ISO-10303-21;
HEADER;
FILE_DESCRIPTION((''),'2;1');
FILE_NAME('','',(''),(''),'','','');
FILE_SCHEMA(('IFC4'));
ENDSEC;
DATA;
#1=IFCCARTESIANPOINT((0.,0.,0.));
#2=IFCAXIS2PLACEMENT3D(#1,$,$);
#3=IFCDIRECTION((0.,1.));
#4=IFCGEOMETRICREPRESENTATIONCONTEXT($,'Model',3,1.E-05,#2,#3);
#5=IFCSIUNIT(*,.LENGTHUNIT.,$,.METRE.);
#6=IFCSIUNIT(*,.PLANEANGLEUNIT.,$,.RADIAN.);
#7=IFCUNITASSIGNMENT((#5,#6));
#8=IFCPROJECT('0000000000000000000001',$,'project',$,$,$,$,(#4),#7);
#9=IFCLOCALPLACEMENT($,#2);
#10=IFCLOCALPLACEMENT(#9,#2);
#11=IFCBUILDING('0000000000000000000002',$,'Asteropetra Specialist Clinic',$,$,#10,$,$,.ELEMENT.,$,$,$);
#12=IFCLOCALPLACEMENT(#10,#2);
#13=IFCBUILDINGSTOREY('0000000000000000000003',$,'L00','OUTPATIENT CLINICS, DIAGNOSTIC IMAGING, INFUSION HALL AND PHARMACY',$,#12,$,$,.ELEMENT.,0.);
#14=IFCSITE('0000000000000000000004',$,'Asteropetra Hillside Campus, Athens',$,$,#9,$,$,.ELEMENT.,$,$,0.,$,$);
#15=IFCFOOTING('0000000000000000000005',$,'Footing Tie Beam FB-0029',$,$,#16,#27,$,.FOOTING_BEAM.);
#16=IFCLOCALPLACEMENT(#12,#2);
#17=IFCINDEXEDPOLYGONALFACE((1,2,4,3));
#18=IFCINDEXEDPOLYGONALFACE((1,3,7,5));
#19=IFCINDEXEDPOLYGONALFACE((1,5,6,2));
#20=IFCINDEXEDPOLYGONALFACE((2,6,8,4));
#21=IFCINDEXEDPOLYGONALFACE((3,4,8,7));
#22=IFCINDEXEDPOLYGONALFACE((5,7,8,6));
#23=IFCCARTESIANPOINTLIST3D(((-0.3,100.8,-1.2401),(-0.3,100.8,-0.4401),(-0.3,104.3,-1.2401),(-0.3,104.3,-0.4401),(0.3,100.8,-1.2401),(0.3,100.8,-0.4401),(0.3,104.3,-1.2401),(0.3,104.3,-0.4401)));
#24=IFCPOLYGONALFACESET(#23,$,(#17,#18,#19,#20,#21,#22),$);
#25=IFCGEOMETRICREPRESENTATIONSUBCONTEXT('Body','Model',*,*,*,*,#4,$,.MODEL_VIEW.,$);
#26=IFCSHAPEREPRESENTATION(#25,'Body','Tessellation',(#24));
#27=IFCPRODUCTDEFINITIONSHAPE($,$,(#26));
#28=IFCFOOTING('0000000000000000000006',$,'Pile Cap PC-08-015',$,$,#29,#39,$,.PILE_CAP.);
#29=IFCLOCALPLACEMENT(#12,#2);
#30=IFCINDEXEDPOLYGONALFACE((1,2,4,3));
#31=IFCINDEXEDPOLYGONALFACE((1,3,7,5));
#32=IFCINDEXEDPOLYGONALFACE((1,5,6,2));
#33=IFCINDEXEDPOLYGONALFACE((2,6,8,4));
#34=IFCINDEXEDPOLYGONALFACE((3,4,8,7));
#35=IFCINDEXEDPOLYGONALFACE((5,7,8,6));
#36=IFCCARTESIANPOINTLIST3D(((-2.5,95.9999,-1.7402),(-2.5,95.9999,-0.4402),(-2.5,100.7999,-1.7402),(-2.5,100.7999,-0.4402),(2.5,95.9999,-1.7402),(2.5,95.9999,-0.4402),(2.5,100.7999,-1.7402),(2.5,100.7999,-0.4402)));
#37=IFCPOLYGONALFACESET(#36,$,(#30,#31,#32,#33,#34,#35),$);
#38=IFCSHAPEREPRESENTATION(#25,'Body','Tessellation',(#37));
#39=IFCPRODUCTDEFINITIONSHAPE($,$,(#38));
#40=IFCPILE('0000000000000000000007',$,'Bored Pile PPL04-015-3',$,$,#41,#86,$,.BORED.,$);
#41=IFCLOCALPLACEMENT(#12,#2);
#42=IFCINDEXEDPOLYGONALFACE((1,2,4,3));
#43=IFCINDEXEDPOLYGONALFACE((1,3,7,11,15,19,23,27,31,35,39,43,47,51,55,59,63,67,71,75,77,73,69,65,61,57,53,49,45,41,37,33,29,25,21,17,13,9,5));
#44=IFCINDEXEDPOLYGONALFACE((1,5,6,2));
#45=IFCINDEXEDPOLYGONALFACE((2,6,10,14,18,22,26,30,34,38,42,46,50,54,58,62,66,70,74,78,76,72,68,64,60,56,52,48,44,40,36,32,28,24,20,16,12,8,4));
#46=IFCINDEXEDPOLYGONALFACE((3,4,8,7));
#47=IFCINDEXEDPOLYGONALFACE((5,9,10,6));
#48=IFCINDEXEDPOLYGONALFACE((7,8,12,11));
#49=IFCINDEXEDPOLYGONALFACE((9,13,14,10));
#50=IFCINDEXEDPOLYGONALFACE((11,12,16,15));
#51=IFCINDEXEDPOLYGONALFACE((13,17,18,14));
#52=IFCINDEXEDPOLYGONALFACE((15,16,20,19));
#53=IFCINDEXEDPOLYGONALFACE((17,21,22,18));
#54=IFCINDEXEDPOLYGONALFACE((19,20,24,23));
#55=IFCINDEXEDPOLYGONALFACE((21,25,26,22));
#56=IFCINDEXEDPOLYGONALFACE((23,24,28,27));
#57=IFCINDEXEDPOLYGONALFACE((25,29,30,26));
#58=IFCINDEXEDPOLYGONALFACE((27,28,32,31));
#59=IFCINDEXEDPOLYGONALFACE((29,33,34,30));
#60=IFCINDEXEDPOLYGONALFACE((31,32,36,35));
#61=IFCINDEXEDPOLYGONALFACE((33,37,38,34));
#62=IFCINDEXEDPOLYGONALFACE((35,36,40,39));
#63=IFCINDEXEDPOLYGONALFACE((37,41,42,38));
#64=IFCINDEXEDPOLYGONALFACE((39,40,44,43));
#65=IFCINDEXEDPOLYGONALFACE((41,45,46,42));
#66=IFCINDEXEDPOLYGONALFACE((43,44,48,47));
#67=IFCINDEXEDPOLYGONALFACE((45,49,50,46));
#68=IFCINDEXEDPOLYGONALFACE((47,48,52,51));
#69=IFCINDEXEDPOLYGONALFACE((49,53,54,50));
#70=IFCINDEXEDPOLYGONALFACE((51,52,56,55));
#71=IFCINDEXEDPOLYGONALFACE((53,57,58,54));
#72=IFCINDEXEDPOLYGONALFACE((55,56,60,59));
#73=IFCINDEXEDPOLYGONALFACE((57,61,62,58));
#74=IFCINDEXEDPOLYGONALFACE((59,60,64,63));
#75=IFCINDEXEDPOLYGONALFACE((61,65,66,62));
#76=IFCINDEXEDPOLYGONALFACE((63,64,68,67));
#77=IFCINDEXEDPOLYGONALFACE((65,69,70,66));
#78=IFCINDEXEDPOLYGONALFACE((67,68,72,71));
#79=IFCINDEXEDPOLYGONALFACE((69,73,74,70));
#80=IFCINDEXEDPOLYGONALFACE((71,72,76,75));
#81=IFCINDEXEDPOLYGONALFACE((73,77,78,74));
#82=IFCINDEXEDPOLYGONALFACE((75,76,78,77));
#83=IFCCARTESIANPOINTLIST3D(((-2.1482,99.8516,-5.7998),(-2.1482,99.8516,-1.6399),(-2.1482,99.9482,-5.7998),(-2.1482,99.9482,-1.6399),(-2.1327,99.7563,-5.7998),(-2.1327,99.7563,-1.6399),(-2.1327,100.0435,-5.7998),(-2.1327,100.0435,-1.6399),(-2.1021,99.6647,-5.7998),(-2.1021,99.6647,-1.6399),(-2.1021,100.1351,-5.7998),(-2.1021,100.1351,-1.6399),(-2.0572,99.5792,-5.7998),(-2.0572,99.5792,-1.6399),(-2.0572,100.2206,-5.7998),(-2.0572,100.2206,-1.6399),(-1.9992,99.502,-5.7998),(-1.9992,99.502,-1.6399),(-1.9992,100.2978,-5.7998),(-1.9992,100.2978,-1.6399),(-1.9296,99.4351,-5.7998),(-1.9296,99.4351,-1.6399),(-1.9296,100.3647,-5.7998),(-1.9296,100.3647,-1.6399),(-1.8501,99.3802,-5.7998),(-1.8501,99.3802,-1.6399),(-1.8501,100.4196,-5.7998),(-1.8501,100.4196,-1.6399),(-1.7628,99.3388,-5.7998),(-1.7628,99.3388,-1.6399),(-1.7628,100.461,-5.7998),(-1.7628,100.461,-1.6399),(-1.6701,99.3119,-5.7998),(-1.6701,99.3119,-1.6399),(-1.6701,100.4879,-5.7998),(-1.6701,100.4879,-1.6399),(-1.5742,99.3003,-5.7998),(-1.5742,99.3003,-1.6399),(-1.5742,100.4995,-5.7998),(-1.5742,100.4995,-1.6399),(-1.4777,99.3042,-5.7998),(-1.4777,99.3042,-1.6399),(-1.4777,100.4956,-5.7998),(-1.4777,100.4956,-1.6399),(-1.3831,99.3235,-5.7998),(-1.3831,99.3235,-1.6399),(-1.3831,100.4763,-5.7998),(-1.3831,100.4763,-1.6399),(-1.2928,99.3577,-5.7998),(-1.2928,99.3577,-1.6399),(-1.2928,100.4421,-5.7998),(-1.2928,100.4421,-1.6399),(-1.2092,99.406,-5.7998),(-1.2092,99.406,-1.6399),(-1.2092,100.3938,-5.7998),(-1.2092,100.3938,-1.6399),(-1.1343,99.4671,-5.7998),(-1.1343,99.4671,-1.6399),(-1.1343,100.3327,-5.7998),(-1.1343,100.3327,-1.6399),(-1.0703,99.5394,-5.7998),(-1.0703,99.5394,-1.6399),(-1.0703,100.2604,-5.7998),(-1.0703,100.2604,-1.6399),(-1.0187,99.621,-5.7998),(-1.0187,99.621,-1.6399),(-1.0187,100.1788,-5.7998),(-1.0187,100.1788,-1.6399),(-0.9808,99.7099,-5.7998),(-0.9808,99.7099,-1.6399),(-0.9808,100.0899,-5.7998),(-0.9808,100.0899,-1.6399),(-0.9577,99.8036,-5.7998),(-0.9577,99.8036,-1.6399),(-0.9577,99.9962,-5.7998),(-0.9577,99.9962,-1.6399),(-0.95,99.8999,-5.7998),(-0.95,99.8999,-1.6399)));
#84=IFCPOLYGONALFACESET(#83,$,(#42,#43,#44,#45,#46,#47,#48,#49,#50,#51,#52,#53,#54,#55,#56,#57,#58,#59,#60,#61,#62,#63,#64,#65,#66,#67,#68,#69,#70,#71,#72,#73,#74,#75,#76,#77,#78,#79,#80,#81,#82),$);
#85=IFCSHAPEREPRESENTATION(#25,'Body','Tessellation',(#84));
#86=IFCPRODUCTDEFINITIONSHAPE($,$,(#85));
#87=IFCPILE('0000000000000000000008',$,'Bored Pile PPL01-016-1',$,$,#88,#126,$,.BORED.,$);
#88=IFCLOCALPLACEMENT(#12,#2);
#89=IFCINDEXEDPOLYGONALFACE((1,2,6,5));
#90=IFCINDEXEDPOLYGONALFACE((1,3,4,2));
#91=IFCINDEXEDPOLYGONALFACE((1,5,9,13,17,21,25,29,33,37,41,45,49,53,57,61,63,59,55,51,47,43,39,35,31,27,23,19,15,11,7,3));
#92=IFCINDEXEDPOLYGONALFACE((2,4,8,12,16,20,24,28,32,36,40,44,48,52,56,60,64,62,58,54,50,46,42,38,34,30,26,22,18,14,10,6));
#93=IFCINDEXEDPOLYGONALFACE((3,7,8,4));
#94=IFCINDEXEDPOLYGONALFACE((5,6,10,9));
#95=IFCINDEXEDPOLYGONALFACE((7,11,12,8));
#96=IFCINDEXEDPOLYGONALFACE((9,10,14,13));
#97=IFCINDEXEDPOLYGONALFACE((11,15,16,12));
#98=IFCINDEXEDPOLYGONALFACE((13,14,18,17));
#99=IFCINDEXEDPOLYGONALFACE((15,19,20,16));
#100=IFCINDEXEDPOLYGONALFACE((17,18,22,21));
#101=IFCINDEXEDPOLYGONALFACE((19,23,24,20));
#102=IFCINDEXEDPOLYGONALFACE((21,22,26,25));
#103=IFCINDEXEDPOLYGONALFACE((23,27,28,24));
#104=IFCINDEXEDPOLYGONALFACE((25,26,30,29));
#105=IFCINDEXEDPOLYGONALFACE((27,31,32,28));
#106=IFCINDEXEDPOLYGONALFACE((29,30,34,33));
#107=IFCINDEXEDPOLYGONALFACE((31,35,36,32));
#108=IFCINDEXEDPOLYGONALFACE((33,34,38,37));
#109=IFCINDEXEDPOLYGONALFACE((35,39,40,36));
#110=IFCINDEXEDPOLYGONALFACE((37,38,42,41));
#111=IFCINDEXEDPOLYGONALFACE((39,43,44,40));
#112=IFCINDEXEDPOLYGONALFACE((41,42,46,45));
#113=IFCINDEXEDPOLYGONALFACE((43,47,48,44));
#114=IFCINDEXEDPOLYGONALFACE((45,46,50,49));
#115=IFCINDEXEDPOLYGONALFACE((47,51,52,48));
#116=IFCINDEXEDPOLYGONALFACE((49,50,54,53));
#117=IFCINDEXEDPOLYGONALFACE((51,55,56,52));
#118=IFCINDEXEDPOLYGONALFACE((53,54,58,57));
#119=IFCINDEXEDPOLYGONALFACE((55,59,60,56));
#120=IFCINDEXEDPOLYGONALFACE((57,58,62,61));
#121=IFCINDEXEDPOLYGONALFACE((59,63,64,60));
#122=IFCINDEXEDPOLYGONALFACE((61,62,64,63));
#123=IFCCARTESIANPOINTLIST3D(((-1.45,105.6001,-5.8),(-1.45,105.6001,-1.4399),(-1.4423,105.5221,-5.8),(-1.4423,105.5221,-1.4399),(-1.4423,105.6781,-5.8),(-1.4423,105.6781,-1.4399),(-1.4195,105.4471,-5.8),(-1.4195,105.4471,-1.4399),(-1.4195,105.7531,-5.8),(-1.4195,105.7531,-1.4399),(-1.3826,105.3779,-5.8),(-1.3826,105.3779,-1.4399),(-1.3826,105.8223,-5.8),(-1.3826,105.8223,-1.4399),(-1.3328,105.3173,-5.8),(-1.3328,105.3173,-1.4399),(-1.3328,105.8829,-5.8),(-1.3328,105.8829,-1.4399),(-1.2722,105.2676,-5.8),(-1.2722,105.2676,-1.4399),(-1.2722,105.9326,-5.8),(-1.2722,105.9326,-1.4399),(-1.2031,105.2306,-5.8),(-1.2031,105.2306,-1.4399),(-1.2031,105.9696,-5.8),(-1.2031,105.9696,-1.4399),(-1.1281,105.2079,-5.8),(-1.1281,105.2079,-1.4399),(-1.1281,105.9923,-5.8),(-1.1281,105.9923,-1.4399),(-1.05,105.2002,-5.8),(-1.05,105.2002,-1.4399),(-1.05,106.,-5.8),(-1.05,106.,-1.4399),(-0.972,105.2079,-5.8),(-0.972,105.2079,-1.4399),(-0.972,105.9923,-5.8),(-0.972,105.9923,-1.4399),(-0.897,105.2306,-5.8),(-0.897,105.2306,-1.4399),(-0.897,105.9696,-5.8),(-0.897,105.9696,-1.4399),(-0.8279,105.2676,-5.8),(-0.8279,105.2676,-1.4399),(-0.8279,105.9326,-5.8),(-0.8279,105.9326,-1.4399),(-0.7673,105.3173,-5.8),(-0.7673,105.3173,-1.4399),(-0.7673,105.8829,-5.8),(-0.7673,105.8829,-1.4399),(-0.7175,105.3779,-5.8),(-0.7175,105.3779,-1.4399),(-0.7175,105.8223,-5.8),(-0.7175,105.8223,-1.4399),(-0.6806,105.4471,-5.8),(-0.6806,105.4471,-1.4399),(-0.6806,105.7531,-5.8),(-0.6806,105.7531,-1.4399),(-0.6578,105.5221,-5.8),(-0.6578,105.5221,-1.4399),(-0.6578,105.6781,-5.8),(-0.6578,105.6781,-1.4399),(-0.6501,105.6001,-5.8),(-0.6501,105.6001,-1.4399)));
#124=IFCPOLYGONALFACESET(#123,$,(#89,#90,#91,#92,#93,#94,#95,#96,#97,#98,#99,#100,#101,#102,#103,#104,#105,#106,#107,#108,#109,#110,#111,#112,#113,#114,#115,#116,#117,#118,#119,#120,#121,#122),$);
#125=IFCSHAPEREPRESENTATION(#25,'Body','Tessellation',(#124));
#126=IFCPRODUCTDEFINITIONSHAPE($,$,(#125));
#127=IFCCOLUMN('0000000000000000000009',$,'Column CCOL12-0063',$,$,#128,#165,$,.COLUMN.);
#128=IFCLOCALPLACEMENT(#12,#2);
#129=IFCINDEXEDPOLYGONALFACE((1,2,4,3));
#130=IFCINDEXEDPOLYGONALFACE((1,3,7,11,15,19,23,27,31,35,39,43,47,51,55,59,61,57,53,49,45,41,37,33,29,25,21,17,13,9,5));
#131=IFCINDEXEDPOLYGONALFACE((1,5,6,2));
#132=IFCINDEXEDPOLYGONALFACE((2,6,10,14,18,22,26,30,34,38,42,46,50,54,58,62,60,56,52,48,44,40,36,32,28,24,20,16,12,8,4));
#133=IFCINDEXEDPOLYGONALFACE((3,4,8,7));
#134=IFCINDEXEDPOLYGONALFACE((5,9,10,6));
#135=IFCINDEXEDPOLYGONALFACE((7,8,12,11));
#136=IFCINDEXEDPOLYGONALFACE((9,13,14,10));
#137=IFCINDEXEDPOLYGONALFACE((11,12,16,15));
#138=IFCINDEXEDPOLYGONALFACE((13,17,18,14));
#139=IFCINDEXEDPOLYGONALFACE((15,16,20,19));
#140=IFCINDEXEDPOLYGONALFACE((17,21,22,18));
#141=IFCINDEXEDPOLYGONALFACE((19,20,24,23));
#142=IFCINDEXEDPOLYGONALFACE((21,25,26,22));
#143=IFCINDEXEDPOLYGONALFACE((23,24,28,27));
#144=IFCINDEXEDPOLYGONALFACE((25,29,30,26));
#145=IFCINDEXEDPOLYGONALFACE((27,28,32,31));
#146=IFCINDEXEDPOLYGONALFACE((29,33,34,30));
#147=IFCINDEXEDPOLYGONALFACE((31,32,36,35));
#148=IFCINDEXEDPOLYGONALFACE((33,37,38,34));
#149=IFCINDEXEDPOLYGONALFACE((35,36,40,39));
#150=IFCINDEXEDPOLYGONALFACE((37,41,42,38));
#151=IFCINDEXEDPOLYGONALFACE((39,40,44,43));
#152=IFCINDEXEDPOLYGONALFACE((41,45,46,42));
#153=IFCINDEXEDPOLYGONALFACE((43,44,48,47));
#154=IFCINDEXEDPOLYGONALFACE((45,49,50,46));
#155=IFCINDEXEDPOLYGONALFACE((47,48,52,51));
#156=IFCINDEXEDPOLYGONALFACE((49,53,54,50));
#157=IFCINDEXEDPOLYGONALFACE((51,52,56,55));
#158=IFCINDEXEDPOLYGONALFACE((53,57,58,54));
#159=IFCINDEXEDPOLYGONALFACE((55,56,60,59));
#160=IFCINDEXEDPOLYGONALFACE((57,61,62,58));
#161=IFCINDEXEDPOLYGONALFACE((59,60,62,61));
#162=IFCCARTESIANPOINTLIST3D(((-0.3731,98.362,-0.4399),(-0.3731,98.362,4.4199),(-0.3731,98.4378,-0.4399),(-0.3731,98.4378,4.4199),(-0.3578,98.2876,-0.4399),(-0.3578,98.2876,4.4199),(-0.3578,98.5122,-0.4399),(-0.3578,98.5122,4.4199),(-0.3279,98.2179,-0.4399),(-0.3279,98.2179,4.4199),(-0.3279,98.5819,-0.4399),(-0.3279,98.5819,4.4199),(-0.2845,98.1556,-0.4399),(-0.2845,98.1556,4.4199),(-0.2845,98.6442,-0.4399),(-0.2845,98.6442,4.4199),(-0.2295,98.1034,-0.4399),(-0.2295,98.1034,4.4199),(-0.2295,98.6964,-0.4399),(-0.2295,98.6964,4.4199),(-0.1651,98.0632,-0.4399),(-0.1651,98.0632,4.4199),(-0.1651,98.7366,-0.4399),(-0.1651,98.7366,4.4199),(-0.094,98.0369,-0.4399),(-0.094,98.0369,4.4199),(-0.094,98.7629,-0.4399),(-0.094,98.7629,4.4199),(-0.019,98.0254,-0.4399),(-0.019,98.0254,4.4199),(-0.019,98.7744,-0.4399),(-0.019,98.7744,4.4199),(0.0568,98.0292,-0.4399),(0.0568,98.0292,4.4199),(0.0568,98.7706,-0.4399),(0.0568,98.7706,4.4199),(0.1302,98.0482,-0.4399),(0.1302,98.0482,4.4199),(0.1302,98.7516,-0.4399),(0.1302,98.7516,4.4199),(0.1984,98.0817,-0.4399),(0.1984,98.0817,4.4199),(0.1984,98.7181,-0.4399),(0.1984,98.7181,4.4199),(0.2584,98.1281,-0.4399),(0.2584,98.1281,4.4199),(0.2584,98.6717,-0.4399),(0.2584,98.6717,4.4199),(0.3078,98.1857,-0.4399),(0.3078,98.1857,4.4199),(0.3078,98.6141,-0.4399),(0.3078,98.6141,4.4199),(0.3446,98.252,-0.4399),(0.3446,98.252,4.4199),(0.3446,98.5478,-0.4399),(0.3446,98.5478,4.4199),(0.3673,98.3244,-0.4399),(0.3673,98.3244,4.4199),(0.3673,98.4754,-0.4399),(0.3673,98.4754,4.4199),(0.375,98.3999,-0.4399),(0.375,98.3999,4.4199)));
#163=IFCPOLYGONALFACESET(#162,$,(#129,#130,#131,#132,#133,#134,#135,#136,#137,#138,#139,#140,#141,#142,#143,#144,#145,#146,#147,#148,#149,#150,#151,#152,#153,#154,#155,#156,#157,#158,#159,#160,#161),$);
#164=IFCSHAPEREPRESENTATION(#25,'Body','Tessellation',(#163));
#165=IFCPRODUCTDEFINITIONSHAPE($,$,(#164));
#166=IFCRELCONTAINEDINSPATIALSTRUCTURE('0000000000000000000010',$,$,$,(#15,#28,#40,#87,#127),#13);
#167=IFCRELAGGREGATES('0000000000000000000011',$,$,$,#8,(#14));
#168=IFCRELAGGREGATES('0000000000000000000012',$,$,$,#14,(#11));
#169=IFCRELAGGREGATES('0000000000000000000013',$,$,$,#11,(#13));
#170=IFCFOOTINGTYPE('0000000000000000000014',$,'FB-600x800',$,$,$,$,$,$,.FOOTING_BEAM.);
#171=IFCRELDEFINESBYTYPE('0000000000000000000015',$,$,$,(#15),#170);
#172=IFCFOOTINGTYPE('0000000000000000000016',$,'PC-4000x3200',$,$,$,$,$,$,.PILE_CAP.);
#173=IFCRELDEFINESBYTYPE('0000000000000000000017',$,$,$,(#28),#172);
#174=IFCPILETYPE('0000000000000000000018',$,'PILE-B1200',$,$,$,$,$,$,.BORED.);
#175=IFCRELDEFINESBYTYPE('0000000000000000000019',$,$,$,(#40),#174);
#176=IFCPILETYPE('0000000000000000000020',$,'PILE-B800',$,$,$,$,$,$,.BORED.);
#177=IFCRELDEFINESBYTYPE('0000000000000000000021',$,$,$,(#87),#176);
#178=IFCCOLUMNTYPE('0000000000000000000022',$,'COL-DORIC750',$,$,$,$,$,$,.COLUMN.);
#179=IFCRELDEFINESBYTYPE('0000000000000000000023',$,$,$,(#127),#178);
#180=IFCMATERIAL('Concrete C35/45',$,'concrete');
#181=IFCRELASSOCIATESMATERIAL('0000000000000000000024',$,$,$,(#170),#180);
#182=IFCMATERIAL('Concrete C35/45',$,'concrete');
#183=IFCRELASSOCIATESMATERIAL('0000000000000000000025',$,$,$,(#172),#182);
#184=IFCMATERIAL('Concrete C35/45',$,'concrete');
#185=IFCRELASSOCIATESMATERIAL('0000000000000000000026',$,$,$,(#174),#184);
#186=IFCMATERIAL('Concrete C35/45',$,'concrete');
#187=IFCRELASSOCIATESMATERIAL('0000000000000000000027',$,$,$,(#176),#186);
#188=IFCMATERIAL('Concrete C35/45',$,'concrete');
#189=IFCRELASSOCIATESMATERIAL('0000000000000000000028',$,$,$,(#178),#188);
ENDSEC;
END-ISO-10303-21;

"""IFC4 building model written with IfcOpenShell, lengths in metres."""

from ifc_helpers import new_model, si_unit, direction, frame, origin, origin_2d, place, context, subcontext, project, spatial, rectangle, circle, extrude, material, material_profile, profile_set, type_object, element, save


model = new_model("IFC4")

# Units and contexts
model_context = context("Model", 3, precision=1e-05, world=origin(), true_north=direction((0.0, 1.0)))
body_context = subcontext(model_context, "Body", "Model", "MODEL_VIEW")
ifc_project = project(units=[si_unit("LENGTHUNIT", "METRE"), si_unit("PLANEANGLEUNIT", "RADIAN")], contexts=[model_context])

# Site, building, storey
site_placement = place(None, origin())
site = spatial("IfcSite", under=ifc_project, at=site_placement, Name="Asteropetra Hillside Campus, Athens", CompositionType="ELEMENT", RefElevation=0.0)
building_placement = place(site_placement, origin())
building = spatial("IfcBuilding", under=site, at=building_placement, Name="Asteropetra Specialist Clinic", CompositionType="ELEMENT")
storey_placement = place(building_placement, origin())
storey = spatial("IfcBuildingStorey", under=building, at=storey_placement, Name="L00", Description="OUTPATIENT CLINICS, DIAGNOSTIC IMAGING, INFUSION HALL AND PHARMACY", CompositionType="ELEMENT", Elevation=0.0)

# Footings
ifc_material_1 = material(Name="Concrete C35/45", Category="concrete")
ifc_material_profile_1 = material_profile(ifc_material_1, rectangle(XDim=0.6001, YDim=0.8, at=origin_2d()), Name="FB 600x800")
ifc_profile_set_1 = profile_set([ifc_material_profile_1], Name="Concrete C35/45")
footing_type_1 = type_object("IfcFootingType", Name="FB-600x800", PredefinedType="FOOTING_BEAM", material=ifc_profile_set_1)
footing_1_placement = place(storey_placement, frame((0.0, 100.8, -0.8401), z_axis=(0.0, 1.0, 0.0), x_axis=(-1.0, 0.0, 0.0)))
element("IfcFooting", 1, at=footing_1_placement, inside=storey, type_object=footing_type_1, Name="Footing Tie Beam FB-0029", PredefinedType="FOOTING_BEAM", context=body_context, shape_type="SweptSolid", body=[
    extrude(rectangle(XDim=0.6001, YDim=0.8, at=origin_2d()), origin(), (0.0, 0.0, 1.0), 3.5),
])
ifc_material_2 = material(Name="Concrete C35/45", Category="concrete")
footing_type_2 = type_object("IfcFootingType", Name="PC-4000x3200", PredefinedType="PILE_CAP", material=ifc_material_2)
footing_2_placement = place(storey_placement, frame((0.0, 98.3999, -1.7402), z_axis=(0.0, 0.0, 1.0), x_axis=(1.0, 0.0, 0.0)))
element("IfcFooting", 2, at=footing_2_placement, inside=storey, type_object=footing_type_2, Name="Pile Cap PC-08-015", PredefinedType="PILE_CAP", context=body_context, shape_type="SweptSolid", body=[
    extrude(rectangle(XDim=5.0, YDim=4.8, at=origin_2d()), origin(), (0.0, 0.0, 1.0), 1.3),
])

# Piles
ifc_material_3 = material(Name="Concrete C35/45", Category="concrete")
ifc_material_profile_2 = material_profile(ifc_material_3, circle(Radius=0.6001, at=origin_2d()), Name="PILE D1200")
ifc_profile_set_2 = profile_set([ifc_material_profile_2], Name="Concrete C35/45")
pile_type_1 = type_object("IfcPileType", Name="PILE-B1200", PredefinedType="BORED", material=ifc_profile_set_2)
pile_1_placement = place(storey_placement, frame((-1.55, 99.8999, -1.6399), z_axis=(0.0, 0.0, -1.0), x_axis=(1.0, 0.0, 0.0)))
element("IfcPile", 3, at=pile_1_placement, inside=storey, type_object=pile_type_1, Name="Bored Pile PPL04-015-3", PredefinedType="BORED", context=body_context, shape_type="SweptSolid", body=[
    extrude(circle(Radius=0.6001, at=origin_2d()), origin(), (0.0, 0.0, 1.0), 4.1599),
])
ifc_material_4 = material(Name="Concrete C35/45", Category="concrete")
ifc_material_profile_3 = material_profile(ifc_material_4, circle(Radius=0.3999, at=origin_2d()), Name="PILE D800")
ifc_profile_set_3 = profile_set([ifc_material_profile_3], Name="Concrete C35/45")
pile_type_2 = type_object("IfcPileType", Name="PILE-B800", PredefinedType="BORED", material=ifc_profile_set_3)
pile_2_placement = place(storey_placement, frame((-1.05, 105.6001, -1.4399), z_axis=(0.0, 0.0, -1.0), x_axis=(1.0, 0.0, 0.0)))
element("IfcPile", 4, at=pile_2_placement, inside=storey, type_object=pile_type_2, Name="Bored Pile PPL01-016-1", PredefinedType="BORED", context=body_context, shape_type="SweptSolid", body=[
    extrude(circle(Radius=0.3999, at=origin_2d()), origin(), (0.0, 0.0, 1.0), 4.3601),
])

# Column
ifc_material_5 = material(Name="Concrete C35/45", Category="concrete")
ifc_material_profile_4 = material_profile(ifc_material_5, circle(Radius=0.375, at=origin_2d()), Name="RCC D750")
ifc_profile_set_4 = profile_set([ifc_material_profile_4], Name="Concrete C35/45")
column_type = type_object("IfcColumnType", Name="COL-DORIC750", PredefinedType="COLUMN", material=ifc_profile_set_4)
column_placement = place(storey_placement, frame((0.0, 98.3999, -0.4399), z_axis=(0.0, 0.0, 1.0), x_axis=(1.0, 0.0, 0.0)))
element("IfcColumn", 5, at=column_placement, inside=storey, type_object=column_type, Name="Column CCOL12-0063", PredefinedType="COLUMN", context=body_context, shape_type="SweptSolid", body=[
    extrude(circle(Radius=0.375, at=origin_2d()), origin(), (0.0, 0.0, 1.0), 4.8599),
])

save(model, "model.ifc")
